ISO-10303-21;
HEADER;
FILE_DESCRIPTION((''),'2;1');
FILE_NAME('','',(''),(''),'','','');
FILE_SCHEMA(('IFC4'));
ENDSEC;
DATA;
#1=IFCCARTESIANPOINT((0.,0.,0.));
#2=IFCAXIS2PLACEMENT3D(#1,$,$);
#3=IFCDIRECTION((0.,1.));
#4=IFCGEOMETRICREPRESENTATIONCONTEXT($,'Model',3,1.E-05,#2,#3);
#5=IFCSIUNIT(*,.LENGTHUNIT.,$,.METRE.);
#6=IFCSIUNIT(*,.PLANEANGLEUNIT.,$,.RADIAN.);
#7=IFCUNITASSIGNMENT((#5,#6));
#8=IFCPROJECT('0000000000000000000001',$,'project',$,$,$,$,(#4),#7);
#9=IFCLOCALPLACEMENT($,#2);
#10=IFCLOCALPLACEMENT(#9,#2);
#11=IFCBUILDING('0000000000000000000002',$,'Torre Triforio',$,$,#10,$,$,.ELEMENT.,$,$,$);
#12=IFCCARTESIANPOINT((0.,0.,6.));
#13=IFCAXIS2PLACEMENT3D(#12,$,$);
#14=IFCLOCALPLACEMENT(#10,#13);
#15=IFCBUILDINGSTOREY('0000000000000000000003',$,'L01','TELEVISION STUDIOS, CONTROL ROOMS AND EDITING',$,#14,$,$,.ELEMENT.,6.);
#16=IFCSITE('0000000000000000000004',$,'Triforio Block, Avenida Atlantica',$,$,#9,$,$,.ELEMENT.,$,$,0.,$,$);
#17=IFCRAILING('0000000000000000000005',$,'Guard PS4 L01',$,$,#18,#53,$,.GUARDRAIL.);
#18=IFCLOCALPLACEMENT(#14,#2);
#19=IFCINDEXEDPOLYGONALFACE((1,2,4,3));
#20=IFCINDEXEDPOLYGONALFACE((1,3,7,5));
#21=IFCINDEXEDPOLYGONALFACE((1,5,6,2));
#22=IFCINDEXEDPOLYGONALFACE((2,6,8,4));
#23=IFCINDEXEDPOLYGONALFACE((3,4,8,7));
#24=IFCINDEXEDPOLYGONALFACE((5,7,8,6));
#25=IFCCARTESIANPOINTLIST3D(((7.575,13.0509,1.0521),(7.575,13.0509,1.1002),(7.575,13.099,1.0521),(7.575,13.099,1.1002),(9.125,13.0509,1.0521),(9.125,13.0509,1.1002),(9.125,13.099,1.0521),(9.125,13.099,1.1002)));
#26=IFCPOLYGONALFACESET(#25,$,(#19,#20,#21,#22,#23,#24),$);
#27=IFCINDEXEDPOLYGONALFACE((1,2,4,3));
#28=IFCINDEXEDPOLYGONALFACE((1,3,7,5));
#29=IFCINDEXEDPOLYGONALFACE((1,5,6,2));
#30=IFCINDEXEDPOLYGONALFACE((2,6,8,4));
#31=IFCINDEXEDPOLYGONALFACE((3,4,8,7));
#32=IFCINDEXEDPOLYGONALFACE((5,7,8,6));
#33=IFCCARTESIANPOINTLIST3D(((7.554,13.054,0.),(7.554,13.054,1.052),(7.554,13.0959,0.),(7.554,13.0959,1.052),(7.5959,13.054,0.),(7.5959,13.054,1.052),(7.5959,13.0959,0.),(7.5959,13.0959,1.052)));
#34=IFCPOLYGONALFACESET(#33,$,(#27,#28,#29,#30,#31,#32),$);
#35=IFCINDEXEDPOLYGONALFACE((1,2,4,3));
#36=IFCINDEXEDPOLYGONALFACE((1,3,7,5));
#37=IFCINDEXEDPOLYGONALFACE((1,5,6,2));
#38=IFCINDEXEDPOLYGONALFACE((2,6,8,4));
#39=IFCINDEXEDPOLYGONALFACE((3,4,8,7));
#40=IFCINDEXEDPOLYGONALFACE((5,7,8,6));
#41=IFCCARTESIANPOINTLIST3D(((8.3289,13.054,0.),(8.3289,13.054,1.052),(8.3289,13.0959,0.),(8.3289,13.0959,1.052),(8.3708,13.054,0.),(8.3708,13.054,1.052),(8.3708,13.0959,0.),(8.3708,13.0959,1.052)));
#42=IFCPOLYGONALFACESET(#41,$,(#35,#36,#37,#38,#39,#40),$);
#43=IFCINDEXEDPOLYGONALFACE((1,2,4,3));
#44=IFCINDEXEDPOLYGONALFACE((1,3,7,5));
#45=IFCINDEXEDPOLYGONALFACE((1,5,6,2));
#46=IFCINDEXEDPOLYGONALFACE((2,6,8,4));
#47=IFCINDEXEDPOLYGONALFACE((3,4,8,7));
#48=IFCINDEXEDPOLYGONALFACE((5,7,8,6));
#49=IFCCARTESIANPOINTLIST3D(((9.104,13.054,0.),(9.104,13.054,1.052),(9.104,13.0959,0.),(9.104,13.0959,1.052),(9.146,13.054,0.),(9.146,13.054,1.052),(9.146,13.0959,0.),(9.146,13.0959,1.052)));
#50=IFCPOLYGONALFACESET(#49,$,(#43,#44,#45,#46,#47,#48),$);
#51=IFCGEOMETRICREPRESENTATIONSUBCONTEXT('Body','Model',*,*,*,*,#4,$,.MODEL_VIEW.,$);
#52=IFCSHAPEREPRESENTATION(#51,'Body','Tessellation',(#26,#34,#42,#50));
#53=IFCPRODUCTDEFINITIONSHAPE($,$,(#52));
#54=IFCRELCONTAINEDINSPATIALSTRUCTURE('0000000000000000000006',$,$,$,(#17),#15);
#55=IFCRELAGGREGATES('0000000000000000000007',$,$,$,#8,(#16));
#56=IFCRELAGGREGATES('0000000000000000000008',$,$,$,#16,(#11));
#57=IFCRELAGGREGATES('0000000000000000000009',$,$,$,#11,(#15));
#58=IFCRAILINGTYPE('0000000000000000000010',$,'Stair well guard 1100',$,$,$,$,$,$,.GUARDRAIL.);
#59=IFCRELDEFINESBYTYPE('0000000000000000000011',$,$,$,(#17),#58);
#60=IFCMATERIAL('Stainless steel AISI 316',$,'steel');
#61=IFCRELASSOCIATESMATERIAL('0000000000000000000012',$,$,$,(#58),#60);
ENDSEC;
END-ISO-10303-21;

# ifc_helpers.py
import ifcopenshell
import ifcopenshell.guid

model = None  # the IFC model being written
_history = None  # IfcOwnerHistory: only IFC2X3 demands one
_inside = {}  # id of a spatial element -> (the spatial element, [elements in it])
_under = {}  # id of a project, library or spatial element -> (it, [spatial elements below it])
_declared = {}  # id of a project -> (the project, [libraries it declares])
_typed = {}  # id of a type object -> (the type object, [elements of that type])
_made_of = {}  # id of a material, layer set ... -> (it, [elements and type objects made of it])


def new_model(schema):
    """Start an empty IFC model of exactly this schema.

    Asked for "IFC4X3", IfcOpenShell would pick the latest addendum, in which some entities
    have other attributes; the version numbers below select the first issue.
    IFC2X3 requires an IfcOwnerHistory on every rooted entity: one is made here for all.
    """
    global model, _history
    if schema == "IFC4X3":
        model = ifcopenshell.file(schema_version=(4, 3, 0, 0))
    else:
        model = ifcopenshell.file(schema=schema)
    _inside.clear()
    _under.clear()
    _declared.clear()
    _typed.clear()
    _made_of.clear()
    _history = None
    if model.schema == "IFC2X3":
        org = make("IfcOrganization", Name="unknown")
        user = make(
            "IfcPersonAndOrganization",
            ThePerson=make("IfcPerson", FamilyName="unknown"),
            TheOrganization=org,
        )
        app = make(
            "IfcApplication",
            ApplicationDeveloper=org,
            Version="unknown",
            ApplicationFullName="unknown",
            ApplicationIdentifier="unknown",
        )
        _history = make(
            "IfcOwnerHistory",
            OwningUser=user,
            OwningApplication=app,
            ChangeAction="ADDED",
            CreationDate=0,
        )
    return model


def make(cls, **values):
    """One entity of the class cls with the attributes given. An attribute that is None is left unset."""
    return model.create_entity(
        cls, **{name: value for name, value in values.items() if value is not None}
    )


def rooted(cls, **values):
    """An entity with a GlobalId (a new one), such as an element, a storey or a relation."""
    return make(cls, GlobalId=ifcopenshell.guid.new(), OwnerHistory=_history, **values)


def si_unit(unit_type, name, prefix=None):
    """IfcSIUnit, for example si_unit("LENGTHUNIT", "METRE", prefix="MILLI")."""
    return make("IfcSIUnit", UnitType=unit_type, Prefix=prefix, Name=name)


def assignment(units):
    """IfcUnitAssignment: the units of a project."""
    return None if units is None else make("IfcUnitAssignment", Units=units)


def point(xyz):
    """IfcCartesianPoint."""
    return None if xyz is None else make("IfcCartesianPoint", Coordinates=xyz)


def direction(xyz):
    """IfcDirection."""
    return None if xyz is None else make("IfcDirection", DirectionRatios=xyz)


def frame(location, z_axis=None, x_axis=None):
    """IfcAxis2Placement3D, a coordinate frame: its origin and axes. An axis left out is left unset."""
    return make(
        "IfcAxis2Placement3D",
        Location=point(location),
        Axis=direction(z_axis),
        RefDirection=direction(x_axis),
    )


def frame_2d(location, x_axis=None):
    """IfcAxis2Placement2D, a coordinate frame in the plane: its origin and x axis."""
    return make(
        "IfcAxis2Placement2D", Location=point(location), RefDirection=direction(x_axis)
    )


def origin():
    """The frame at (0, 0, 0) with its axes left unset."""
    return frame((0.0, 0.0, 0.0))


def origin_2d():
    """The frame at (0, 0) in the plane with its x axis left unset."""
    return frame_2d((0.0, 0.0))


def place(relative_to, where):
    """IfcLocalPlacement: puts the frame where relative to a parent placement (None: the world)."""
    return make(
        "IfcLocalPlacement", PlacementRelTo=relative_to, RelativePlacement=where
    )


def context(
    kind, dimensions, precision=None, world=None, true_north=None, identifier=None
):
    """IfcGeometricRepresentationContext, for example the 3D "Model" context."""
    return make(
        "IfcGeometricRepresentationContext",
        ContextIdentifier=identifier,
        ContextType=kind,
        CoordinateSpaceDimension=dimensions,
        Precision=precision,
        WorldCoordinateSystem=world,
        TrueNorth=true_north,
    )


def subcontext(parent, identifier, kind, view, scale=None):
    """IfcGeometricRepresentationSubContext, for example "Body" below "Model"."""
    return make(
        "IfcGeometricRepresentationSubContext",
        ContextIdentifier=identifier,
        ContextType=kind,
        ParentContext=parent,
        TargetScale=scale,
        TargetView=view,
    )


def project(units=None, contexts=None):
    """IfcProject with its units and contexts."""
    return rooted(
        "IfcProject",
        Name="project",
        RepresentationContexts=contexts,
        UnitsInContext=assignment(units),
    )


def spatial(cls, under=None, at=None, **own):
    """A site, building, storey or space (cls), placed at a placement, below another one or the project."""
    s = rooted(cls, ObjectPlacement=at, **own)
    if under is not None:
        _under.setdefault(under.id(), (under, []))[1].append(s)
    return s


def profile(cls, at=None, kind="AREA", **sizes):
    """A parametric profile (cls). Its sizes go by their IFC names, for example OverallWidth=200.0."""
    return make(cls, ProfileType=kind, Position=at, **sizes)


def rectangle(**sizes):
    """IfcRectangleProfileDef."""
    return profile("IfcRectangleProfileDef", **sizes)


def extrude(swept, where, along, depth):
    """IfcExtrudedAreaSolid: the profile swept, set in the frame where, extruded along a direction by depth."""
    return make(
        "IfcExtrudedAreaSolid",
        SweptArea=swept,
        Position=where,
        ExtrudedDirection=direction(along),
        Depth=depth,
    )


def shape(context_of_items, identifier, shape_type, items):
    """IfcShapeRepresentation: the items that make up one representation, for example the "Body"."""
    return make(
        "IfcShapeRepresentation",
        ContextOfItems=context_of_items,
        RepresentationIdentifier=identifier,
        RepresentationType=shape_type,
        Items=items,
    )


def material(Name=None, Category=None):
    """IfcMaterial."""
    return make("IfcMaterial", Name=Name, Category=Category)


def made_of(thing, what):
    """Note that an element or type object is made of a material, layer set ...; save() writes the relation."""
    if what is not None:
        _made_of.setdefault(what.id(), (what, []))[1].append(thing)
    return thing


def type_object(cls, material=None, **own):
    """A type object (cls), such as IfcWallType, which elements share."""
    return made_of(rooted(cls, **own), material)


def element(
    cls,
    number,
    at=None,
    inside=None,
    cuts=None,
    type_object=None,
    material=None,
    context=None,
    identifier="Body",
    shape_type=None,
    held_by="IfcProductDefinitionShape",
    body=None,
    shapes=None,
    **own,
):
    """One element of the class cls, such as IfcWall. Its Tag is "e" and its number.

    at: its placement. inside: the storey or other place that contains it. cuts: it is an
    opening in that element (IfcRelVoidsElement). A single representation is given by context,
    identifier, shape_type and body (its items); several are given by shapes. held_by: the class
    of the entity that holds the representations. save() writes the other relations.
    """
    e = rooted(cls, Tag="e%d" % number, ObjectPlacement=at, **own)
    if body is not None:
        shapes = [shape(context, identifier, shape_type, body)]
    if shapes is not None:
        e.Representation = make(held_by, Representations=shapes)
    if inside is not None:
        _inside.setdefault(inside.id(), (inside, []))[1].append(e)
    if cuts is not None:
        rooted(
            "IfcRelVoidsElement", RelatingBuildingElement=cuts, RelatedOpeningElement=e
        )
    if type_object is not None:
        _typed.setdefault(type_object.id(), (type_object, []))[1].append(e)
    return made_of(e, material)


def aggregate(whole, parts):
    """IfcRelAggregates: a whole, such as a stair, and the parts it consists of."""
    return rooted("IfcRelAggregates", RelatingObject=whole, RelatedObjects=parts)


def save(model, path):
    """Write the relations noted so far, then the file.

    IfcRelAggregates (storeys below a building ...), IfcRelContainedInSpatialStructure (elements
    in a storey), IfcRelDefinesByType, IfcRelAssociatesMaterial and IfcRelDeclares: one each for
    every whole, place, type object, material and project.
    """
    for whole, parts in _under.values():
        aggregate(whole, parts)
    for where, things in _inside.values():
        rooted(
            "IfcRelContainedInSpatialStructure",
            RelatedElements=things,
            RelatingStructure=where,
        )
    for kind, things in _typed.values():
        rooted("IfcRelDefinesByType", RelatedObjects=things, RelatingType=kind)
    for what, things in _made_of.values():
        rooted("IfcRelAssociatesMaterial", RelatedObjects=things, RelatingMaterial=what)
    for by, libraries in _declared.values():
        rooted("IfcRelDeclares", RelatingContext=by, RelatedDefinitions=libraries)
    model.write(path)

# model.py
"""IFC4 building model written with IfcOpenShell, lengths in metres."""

from ifc_helpers import new_model, si_unit, direction, frame, origin, origin_2d, place, context, subcontext, project, spatial, rectangle, extrude, material, type_object, element, save


model = new_model("IFC4")

# Units and contexts
model_context = context("Model", 3, precision=1e-05, world=origin(), true_north=direction((0.0, 1.0)))
body_context = subcontext(model_context, "Body", "Model", "MODEL_VIEW")
ifc_project = project(units=[si_unit("LENGTHUNIT", "METRE"), si_unit("PLANEANGLEUNIT", "RADIAN")], contexts=[model_context])

# Site, building, storey
site_placement = place(None, origin())
site = spatial("IfcSite", under=ifc_project, at=site_placement, Name="Triforio Block, Avenida Atlantica", CompositionType="ELEMENT", RefElevation=0.0)
building_placement = place(site_placement, origin())
building = spatial("IfcBuilding", under=site, at=building_placement, Name="Torre Triforio", CompositionType="ELEMENT")
storey_placement = place(building_placement, frame((0.0, 0.0, 6.0)))
storey = spatial("IfcBuildingStorey", under=building, at=storey_placement, Name="L01", Description="TELEVISION STUDIOS, CONTROL ROOMS AND EDITING", CompositionType="ELEMENT", Elevation=6.0)

# Shared definitions
ifc_material_1 = material(Name="Stainless steel AISI 316", Category="steel")

# Railing
railing_type_1 = type_object("IfcRailingType", Name="Stair well guard 1100", PredefinedType="GUARDRAIL", material=ifc_material_1)
railing_1_placement = place(storey_placement, frame((7.575, 13.075, 0.0)))
element("IfcRailing", 1, at=railing_1_placement, inside=storey, type_object=railing_type_1, Name="Guard PS4 L01", PredefinedType="GUARDRAIL", context=body_context, shape_type="SweptSolid", body=[
    extrude(rectangle(XDim=0.0481, YDim=0.0481, at=origin_2d()), frame((0.0, 0.0, 1.0762), z_axis=(1.0, 0.0, 0.0), x_axis=(0.0, 1.0, 0.0)), (0.0, 0.0, 1.0), 1.55),
    extrude(rectangle(XDim=0.042, YDim=0.042, at=origin_2d()), origin(), (0.0, 0.0, 1.0), 1.052),
    extrude(rectangle(XDim=0.042, YDim=0.042, at=origin_2d()), frame((0.7749, 0.0, 0.0)), (0.0, 0.0, 1.0), 1.052),
    extrude(rectangle(XDim=0.042, YDim=0.042, at=origin_2d()), frame((1.55, 0.0, 0.0)), (0.0, 0.0, 1.0), 1.052),
])

save(model, "model.ifc")
